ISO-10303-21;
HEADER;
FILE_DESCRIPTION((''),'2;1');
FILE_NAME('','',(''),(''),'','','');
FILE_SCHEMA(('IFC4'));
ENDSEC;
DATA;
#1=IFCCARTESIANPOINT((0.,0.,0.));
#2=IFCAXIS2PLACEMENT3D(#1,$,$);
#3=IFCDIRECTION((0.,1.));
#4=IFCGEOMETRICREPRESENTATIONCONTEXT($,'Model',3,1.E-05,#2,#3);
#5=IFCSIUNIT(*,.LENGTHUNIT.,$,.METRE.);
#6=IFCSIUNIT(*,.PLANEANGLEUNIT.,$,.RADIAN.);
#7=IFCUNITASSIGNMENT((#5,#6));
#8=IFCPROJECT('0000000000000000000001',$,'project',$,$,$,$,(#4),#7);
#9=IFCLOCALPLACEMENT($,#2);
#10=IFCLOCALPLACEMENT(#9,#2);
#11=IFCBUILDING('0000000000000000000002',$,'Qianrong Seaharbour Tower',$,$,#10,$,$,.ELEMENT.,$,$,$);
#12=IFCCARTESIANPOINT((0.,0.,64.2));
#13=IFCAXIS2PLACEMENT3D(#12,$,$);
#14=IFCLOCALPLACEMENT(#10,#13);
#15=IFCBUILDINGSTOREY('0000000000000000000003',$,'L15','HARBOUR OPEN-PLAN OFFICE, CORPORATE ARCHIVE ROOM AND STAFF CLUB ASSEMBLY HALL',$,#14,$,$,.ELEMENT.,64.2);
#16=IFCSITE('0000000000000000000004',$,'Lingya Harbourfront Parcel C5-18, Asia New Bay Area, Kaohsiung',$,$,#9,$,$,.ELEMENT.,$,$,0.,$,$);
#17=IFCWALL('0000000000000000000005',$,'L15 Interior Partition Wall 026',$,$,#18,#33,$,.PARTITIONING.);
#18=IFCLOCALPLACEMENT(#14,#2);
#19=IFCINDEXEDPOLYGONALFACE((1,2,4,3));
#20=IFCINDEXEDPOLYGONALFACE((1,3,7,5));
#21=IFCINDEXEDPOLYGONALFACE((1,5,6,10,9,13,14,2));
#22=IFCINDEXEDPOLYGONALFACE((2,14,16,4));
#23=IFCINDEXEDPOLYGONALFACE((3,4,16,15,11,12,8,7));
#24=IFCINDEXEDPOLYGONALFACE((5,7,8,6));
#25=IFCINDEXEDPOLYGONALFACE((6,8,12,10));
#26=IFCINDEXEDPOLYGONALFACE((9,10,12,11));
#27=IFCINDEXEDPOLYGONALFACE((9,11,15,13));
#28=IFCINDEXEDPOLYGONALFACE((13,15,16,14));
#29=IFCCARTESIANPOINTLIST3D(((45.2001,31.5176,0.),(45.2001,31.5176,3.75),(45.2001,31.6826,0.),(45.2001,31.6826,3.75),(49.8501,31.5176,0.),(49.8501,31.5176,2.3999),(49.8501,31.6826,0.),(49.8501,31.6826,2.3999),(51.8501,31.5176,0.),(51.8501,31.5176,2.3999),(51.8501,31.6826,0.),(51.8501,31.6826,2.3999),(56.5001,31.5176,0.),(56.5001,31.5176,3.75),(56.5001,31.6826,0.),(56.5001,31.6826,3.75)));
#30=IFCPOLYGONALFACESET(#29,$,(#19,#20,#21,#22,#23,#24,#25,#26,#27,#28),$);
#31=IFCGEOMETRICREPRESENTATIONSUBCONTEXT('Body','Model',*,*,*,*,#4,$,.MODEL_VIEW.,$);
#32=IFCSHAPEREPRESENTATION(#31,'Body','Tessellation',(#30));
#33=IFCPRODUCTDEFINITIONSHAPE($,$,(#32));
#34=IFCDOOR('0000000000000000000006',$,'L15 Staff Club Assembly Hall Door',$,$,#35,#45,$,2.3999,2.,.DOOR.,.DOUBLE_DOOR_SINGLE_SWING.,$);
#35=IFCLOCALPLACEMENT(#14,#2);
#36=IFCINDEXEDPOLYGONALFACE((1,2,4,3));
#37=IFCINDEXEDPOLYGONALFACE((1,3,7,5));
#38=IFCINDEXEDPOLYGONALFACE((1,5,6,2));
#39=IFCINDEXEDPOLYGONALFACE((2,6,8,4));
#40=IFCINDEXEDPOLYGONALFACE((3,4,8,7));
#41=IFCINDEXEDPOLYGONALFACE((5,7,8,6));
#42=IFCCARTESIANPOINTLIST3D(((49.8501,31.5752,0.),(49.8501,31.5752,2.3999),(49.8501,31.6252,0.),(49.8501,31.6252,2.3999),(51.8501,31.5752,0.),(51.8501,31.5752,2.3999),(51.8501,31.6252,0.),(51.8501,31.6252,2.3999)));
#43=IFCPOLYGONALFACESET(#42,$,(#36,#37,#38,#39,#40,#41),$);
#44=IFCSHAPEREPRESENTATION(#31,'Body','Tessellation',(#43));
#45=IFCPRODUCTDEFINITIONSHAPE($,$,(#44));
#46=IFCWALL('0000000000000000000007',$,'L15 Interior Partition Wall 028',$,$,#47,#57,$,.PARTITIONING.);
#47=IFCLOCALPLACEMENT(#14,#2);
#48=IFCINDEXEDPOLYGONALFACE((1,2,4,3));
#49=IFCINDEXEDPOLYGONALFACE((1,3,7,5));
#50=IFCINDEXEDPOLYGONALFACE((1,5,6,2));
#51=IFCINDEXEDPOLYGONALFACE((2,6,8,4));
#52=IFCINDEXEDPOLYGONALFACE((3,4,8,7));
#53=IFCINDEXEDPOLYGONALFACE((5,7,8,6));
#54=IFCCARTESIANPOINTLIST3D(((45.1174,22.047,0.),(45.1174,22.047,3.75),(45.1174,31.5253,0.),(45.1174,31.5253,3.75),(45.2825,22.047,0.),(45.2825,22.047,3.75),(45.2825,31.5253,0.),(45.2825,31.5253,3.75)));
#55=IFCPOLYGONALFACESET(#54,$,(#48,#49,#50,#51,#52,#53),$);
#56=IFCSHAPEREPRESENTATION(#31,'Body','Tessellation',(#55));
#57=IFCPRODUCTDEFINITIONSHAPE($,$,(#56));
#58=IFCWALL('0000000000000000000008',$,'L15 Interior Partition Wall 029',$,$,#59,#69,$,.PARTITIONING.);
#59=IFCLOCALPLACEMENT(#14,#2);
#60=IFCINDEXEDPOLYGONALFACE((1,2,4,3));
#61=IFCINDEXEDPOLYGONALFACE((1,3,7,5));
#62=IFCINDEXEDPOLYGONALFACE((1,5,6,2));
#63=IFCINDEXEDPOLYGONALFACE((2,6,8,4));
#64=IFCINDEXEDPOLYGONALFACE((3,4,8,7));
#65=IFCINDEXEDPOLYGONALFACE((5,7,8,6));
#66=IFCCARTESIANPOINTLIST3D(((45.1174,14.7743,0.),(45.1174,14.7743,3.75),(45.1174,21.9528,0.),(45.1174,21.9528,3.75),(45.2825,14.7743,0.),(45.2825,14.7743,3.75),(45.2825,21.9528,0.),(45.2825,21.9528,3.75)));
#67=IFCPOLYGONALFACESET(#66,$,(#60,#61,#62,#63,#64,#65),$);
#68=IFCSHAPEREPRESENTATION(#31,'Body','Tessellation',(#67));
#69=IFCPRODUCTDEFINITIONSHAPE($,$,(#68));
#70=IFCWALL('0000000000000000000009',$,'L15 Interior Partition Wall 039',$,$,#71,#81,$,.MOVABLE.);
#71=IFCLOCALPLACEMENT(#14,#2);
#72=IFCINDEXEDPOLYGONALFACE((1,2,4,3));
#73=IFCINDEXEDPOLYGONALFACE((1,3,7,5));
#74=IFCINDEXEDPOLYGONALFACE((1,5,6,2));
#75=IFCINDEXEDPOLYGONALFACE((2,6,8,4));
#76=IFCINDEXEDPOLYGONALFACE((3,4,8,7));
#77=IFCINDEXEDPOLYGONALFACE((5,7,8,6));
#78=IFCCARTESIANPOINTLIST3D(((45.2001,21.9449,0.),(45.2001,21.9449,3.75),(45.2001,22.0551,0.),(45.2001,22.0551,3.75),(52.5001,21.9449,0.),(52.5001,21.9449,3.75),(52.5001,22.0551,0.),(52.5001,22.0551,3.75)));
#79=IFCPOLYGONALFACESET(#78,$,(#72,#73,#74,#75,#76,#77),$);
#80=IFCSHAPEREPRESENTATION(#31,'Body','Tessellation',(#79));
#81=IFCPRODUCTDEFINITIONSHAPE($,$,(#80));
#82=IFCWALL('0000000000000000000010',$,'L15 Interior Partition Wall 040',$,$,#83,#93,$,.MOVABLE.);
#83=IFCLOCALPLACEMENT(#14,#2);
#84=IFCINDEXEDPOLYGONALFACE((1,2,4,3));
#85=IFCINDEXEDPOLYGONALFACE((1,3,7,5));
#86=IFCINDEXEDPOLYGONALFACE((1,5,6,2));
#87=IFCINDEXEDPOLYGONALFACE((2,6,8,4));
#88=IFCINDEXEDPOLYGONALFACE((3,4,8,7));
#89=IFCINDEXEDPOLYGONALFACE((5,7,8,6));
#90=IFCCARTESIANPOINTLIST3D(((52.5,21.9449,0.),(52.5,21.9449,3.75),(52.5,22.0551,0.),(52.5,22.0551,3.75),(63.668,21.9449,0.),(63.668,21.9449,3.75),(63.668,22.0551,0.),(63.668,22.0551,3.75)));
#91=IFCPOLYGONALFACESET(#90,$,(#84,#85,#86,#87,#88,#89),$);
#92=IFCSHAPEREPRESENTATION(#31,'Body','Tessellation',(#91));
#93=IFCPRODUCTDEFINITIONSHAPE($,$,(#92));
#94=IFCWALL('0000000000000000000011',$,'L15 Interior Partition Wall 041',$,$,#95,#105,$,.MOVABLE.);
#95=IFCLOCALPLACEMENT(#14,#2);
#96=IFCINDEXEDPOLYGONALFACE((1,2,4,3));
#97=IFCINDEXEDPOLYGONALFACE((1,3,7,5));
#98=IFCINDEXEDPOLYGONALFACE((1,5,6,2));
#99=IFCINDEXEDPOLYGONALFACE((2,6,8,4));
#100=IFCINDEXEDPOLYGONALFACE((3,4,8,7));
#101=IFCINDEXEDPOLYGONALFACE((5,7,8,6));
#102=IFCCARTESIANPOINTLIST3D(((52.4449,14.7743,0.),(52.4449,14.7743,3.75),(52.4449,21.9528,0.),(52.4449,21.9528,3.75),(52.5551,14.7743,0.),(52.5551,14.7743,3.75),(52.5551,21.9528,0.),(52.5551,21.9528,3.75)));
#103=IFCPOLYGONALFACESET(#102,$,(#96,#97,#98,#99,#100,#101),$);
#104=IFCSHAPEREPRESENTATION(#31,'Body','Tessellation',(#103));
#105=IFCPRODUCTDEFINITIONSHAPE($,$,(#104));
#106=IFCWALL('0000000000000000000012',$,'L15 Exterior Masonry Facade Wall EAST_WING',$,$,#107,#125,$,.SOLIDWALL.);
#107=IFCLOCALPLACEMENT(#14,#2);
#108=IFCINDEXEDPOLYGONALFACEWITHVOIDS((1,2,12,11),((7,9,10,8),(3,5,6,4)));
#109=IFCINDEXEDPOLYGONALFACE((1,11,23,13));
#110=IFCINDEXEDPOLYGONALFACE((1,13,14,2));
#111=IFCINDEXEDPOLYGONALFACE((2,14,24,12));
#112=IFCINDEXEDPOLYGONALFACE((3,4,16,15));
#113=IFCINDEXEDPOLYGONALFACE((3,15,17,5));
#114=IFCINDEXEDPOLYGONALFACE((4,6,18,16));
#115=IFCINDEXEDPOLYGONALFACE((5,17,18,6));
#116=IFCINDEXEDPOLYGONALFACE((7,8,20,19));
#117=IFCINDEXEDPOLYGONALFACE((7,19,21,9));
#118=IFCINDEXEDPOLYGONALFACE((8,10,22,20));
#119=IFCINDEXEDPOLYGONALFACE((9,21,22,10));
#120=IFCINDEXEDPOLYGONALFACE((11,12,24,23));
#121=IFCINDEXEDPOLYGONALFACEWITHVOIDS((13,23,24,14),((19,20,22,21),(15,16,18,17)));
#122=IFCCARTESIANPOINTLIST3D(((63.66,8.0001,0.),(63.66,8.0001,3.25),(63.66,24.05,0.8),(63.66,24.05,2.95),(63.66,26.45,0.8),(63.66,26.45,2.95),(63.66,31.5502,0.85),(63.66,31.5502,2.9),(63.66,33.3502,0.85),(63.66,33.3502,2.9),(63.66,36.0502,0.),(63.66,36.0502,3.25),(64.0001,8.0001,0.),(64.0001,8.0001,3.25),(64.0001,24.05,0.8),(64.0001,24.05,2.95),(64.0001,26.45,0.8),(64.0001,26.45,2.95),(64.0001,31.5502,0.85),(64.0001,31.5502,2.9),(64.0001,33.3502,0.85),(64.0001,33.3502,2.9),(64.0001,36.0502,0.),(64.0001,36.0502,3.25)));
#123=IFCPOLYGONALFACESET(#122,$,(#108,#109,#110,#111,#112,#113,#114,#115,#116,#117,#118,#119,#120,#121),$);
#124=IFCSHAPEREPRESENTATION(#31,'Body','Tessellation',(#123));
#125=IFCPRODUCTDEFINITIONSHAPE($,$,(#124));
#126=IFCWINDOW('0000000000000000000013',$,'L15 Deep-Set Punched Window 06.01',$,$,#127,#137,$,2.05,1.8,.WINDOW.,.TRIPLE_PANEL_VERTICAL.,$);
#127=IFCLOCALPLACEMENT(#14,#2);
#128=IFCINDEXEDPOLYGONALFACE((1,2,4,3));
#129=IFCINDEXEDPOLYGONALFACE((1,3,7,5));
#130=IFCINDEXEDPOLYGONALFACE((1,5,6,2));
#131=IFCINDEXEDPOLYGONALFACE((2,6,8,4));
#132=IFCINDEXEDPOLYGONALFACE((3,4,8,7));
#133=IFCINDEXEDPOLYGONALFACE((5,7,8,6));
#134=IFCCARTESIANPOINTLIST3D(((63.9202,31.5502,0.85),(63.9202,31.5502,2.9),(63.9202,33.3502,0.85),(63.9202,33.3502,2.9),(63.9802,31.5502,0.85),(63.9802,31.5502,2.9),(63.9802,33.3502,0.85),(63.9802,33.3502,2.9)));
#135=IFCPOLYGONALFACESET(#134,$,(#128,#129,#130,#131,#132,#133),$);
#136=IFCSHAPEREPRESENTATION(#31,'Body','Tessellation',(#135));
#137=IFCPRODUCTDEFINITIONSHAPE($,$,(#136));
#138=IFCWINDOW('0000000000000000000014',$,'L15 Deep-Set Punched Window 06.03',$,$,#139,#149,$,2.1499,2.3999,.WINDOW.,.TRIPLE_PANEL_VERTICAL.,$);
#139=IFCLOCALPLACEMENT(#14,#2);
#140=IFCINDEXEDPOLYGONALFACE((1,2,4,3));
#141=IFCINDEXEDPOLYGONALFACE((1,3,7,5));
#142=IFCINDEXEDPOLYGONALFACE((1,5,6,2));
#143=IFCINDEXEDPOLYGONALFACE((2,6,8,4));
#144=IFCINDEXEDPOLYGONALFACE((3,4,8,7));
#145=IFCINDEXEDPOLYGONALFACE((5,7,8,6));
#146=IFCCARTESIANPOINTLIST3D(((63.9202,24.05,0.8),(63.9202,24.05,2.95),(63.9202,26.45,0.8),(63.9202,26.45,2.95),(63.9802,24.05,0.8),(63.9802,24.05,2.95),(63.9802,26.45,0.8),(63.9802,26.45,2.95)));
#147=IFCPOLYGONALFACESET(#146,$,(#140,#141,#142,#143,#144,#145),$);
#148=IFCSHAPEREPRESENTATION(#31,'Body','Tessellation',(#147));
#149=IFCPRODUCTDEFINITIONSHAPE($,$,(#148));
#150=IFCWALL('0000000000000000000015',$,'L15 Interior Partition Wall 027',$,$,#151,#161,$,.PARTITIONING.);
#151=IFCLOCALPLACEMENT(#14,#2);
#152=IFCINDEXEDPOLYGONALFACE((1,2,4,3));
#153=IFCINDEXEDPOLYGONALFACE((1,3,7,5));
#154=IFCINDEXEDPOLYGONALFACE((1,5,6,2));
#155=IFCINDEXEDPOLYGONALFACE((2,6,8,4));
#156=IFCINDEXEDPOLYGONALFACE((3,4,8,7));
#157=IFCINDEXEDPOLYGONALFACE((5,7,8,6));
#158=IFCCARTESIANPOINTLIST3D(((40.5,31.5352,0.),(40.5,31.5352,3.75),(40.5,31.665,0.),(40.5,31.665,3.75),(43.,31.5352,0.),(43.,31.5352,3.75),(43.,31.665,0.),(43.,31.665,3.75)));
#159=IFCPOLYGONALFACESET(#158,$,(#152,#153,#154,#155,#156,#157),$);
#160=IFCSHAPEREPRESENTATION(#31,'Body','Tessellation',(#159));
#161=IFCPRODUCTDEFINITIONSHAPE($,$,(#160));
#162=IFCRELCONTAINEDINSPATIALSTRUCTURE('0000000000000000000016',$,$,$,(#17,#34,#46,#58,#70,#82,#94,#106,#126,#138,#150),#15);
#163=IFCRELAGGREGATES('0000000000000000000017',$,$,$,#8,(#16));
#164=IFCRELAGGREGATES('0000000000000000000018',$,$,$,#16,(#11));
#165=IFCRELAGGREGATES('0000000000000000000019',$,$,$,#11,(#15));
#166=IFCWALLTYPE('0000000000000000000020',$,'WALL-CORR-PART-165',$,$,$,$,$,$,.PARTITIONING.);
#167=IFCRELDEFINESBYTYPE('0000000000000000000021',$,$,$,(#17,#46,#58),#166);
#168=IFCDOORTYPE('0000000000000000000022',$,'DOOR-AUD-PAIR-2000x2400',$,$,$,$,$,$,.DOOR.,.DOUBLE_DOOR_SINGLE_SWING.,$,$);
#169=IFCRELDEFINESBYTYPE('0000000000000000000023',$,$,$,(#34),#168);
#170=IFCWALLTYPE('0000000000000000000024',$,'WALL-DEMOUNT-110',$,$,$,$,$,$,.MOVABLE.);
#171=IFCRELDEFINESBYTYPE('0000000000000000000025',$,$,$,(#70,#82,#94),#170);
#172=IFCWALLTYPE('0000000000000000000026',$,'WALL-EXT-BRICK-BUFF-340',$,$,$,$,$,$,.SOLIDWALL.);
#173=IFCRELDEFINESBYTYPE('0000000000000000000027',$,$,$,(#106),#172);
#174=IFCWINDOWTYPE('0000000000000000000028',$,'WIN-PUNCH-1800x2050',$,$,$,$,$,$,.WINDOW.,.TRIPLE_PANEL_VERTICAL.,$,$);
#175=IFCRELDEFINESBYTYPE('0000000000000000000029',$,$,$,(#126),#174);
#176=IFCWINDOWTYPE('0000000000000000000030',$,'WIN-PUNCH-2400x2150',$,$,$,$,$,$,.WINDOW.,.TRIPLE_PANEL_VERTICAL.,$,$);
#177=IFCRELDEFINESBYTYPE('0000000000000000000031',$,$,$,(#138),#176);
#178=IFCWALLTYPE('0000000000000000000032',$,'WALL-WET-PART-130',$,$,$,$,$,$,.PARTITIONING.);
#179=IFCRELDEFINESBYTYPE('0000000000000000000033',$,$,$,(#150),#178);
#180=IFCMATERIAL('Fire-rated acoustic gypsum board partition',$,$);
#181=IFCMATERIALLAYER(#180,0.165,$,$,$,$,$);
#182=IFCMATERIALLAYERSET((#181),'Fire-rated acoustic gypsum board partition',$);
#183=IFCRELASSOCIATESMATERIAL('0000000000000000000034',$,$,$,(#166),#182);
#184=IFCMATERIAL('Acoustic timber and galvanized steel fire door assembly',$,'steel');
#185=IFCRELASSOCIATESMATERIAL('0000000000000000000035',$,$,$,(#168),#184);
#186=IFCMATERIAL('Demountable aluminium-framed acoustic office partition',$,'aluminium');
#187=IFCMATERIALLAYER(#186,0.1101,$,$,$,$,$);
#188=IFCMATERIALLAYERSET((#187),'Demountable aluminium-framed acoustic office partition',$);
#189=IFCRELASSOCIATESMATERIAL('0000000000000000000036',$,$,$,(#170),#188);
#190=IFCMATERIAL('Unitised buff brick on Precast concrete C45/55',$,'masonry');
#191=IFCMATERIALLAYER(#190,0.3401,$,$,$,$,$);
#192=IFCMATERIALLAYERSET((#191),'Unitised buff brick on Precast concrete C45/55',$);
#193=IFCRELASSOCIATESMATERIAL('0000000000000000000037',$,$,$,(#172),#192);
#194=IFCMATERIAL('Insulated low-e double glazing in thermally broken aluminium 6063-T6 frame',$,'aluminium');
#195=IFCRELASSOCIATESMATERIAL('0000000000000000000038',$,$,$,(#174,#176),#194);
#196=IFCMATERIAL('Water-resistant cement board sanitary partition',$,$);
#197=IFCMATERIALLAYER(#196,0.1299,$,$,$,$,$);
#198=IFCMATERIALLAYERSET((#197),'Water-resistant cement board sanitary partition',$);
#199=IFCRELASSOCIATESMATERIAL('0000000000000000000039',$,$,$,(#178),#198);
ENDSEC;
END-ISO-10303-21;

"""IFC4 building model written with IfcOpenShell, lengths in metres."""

from ifc_helpers import new_model, si_unit, direction, frame, frame_2d, origin, place, context, subcontext, project, spatial, rectangle, extrude, material, layer, layer_set, type_object, element, fill, save


model = new_model("IFC4")

# Units and contexts
model_context = context("Model", 3, precision=1e-05, world=origin(), true_north=direction((0.0, 1.0)))
body_context = subcontext(model_context, "Body", "Model", "MODEL_VIEW")
ifc_project = project(units=[si_unit("LENGTHUNIT", "METRE"), si_unit("PLANEANGLEUNIT", "RADIAN")], contexts=[model_context])

# Site, building, storey
site_placement = place(None, origin())
site = spatial("IfcSite", under=ifc_project, at=site_placement, Name="Lingya Harbourfront Parcel C5-18, Asia New Bay Area, Kaohsiung", CompositionType="ELEMENT", RefElevation=0.0)
building_placement = place(site_placement, origin())
building = spatial("IfcBuilding", under=site, at=building_placement, Name="Qianrong Seaharbour Tower", CompositionType="ELEMENT")
storey_placement = place(building_placement, frame((0.0, 0.0, 64.2)))
storey = spatial("IfcBuildingStorey", under=building, at=storey_placement, Name="L15", Description="HARBOUR OPEN-PLAN OFFICE, CORPORATE ARCHIVE ROOM AND STAFF CLUB ASSEMBLY HALL", CompositionType="ELEMENT", Elevation=64.2)

# Shared definitions
ifc_material_1 = material(Name="Fire-rated acoustic gypsum board partition")
ifc_layer_1 = layer(ifc_material_1, 0.165)
ifc_layer_set_1 = layer_set([ifc_layer_1], Name="Fire-rated acoustic gypsum board partition")
wall_type_1 = type_object("IfcWallType", Name="WALL-CORR-PART-165", PredefinedType="PARTITIONING", material=ifc_layer_set_1)

# Wall, opening, door
wall_1_placement = place(storey_placement, frame((56.5, 31.6001, 0.0), z_axis=(0.0, 0.0, 1.0), x_axis=(-1.0, 0.0, 0.0)))
wall_1 = element("IfcWall", 1, at=wall_1_placement, inside=storey, type_object=wall_type_1, Name="L15 Interior Partition Wall 026", PredefinedType="PARTITIONING", context=body_context, shape_type="SweptSolid", body=[
    extrude(rectangle(XDim=11.3, YDim=0.165, at=frame_2d((5.6499, 0.0))), origin(), (0.0, 0.0, 1.0), 3.75),
])
opening_1_placement = place(wall_1_placement, frame((4.6499, 0.0, 0.0)))
opening_1 = element("IfcOpeningElement", 2, at=opening_1_placement, cuts=wall_1, PredefinedType="OPENING", context=body_context, shape_type="SweptSolid", body=[
    extrude(rectangle(XDim=2.0, YDim=2.3999, at=frame_2d((1.0, 1.2))), frame((0.0, 0.0925, 0.0), z_axis=(0.0, -1.0, 0.0), x_axis=(1.0, 0.0, 0.0)), (0.0, 0.0, 1.0), 0.1851),
])
ifc_material_2 = material(Name="Acoustic timber and galvanized steel fire door assembly", Category="steel")
door_type = type_object("IfcDoorType", Name="DOOR-AUD-PAIR-2000x2400", OperationType="DOUBLE_DOOR_SINGLE_SWING", PredefinedType="DOOR", material=ifc_material_2)
door_placement = place(opening_1_placement, origin())
door = element("IfcDoor", 3, at=door_placement, inside=storey, type_object=door_type, Name="L15 Staff Club Assembly Hall Door", OperationType="DOUBLE_DOOR_SINGLE_SWING", OverallHeight=2.3999, OverallWidth=2.0, PredefinedType="DOOR", context=body_context, shape_type="SweptSolid", body=[
    extrude(rectangle(XDim=2.0, YDim=2.3999, at=frame_2d((1.0, 1.2))), frame((0.0, 0.0249, 0.0), z_axis=(0.0, -1.0, 0.0), x_axis=(1.0, 0.0, 0.0)), (0.0, 0.0, 1.0), 0.05),
])
fill(opening_1, door)

# Walls
wall_2_placement = place(storey_placement, frame((45.2, 31.5254, 0.0), z_axis=(0.0, 0.0, 1.0), x_axis=(0.0, -1.0, 0.0)))
element("IfcWall", 4, at=wall_2_placement, inside=storey, type_object=wall_type_1, Name="L15 Interior Partition Wall 028", PredefinedType="PARTITIONING", context=body_context, shape_type="SweptSolid", body=[
    extrude(rectangle(XDim=9.4783, YDim=0.165, at=frame_2d((4.7393, 0.0))), origin(), (0.0, 0.0, 1.0), 3.75),
])
wall_3_placement = place(storey_placement, frame((45.2, 21.9529, 0.0), z_axis=(0.0, 0.0, 1.0), x_axis=(0.0, -1.0, 0.0)))
element("IfcWall", 5, at=wall_3_placement, inside=storey, type_object=wall_type_1, Name="L15 Interior Partition Wall 029", PredefinedType="PARTITIONING", context=body_context, shape_type="SweptSolid", body=[
    extrude(rectangle(XDim=7.1785, YDim=0.165, at=frame_2d((3.5894, 0.0))), origin(), (0.0, 0.0, 1.0), 3.75),
])
ifc_material_3 = material(Name="Demountable aluminium-framed acoustic office partition", Category="aluminium")
ifc_layer_2 = layer(ifc_material_3, 0.1101)
ifc_layer_set_2 = layer_set([ifc_layer_2], Name="Demountable aluminium-framed acoustic office partition")
wall_type_2 = type_object("IfcWallType", Name="WALL-DEMOUNT-110", PredefinedType="MOVABLE", material=ifc_layer_set_2)
wall_4_placement = place(storey_placement, frame((52.5, 22.0, 0.0), z_axis=(0.0, 0.0, 1.0), x_axis=(-1.0, 0.0, 0.0)))
element("IfcWall", 6, at=wall_4_placement, inside=storey, type_object=wall_type_2, Name="L15 Interior Partition Wall 039", PredefinedType="MOVABLE", context=body_context, shape_type="SweptSolid", body=[
    extrude(rectangle(XDim=7.3, YDim=0.1101, at=frame_2d((3.6499, 0.0))), origin(), (0.0, 0.0, 1.0), 3.75),
])
wall_5_placement = place(storey_placement, frame((63.668, 22.0, 0.0), z_axis=(0.0, 0.0, 1.0), x_axis=(-1.0, 0.0, 0.0)))
element("IfcWall", 7, at=wall_5_placement, inside=storey, type_object=wall_type_2, Name="L15 Interior Partition Wall 040", PredefinedType="MOVABLE", context=body_context, shape_type="SweptSolid", body=[
    extrude(rectangle(XDim=11.168, YDim=0.1101, at=frame_2d((5.584, 0.0))), origin(), (0.0, 0.0, 1.0), 3.75),
])
wall_6_placement = place(storey_placement, frame((52.5, 21.9529, 0.0), z_axis=(0.0, 0.0, 1.0), x_axis=(0.0, -1.0, 0.0)))
element("IfcWall", 8, at=wall_6_placement, inside=storey, type_object=wall_type_2, Name="L15 Interior Partition Wall 041", PredefinedType="MOVABLE", context=body_context, shape_type="SweptSolid", body=[
    extrude(rectangle(XDim=7.1785, YDim=0.1101, at=frame_2d((3.5894, 0.0))), origin(), (0.0, 0.0, 1.0), 3.75),
])

# Wall, openings, windows
ifc_material_4 = material(Name="Unitised buff brick on Precast concrete C45/55", Category="masonry")
ifc_layer_3 = layer(ifc_material_4, 0.3401)
ifc_layer_set_3 = layer_set([ifc_layer_3], Name="Unitised buff brick on Precast concrete C45/55")
wall_type_3 = type_object("IfcWallType", Name="WALL-EXT-BRICK-BUFF-340", PredefinedType="SOLIDWALL", material=ifc_layer_set_3)
wall_7_placement = place(storey_placement, frame((63.8301, 36.05, 0.0), z_axis=(0.0, 0.0, 1.0), x_axis=(0.0, -1.0, 0.0)))
wall_7 = element("IfcWall", 9, at=wall_7_placement, inside=storey, type_object=wall_type_3, Name="L15 Exterior Masonry Facade Wall EAST_WING", PredefinedType="SOLIDWALL", context=body_context, shape_type="SweptSolid", body=[
    extrude(rectangle(XDim=28.05, YDim=0.3401, at=frame_2d((14.0249, 0.0))), origin(), (0.0, 0.0, 1.0), 3.25),
])
opening_2_placement = place(wall_7_placement, frame((2.7, 0.0, 0.8501)))
opening_2 = element("IfcOpeningElement", 10, at=opening_2_placement, cuts=wall_7, PredefinedType="OPENING", context=body_context, shape_type="SweptSolid", body=[
    extrude(rectangle(XDim=1.8, YDim=2.05, at=frame_2d((0.8999, 1.0249))), frame((0.0, 0.1802, 0.0), z_axis=(0.0, -1.0, 0.0), x_axis=(1.0, 0.0, 0.0)), (0.0, 0.0, 1.0), 0.3601),
])
opening_3_placement = place(wall_7_placement, frame((9.6001, 0.0, 0.8)))
opening_3 = element("IfcOpeningElement", 11, at=opening_3_placement, cuts=wall_7, PredefinedType="OPENING", context=body_context, shape_type="SweptSolid", body=[
    extrude(rectangle(XDim=2.3999, YDim=2.1499, at=frame_2d((1.2, 1.075))), frame((0.0, 0.1802, 0.0), z_axis=(0.0, -1.0, 0.0), x_axis=(1.0, 0.0, 0.0)), (0.0, 0.0, 1.0), 0.3601),
])
ifc_material_5 = material(Name="Insulated low-e double glazing in thermally broken aluminium 6063-T6 frame", Category="aluminium")
window_type_1 = type_object("IfcWindowType", Name="WIN-PUNCH-1800x2050", PartitioningType="TRIPLE_PANEL_VERTICAL", PredefinedType="WINDOW", material=ifc_material_5)
window_1_placement = place(opening_2_placement, origin())
window_1 = element("IfcWindow", 12, at=window_1_placement, inside=storey, type_object=window_type_1, Name="L15 Deep-Set Punched Window 06.01", OverallHeight=2.05, OverallWidth=1.8, PartitioningType="TRIPLE_PANEL_VERTICAL", PredefinedType="WINDOW", context=body_context, shape_type="SweptSolid", body=[
    extrude(rectangle(XDim=1.8, YDim=2.05, at=frame_2d((0.8999, 1.0249))), frame((0.0, 0.1501, 0.0), z_axis=(0.0, -1.0, 0.0), x_axis=(1.0, 0.0, 0.0)), (0.0, 0.0, 1.0), 0.0601),
])
fill(opening_2, window_1)
window_type_2 = type_object("IfcWindowType", Name="WIN-PUNCH-2400x2150", PartitioningType="TRIPLE_PANEL_VERTICAL", PredefinedType="WINDOW", material=ifc_material_5)
window_2_placement = place(opening_3_placement, origin())
window_2 = element("IfcWindow", 13, at=window_2_placement, inside=storey, type_object=window_type_2, Name="L15 Deep-Set Punched Window 06.03", OverallHeight=2.1499, OverallWidth=2.3999, PartitioningType="TRIPLE_PANEL_VERTICAL", PredefinedType="WINDOW", context=body_context, shape_type="SweptSolid", body=[
    extrude(rectangle(XDim=2.3999, YDim=2.1499, at=frame_2d((1.2, 1.075))), frame((0.0, 0.1501, 0.0), z_axis=(0.0, -1.0, 0.0), x_axis=(1.0, 0.0, 0.0)), (0.0, 0.0, 1.0), 0.0601),
])
fill(opening_3, window_2)

# Wall
ifc_material_6 = material(Name="Water-resistant cement board sanitary partition")
ifc_layer_4 = layer(ifc_material_6, 0.1299)
ifc_layer_set_4 = layer_set([ifc_layer_4], Name="Water-resistant cement board sanitary partition")
wall_type_4 = type_object("IfcWallType", Name="WALL-WET-PART-130", PredefinedType="PARTITIONING", material=ifc_layer_set_4)
wall_8_placement = place(storey_placement, frame((43.0, 31.6001, 0.0), z_axis=(0.0, 0.0, 1.0), x_axis=(-1.0, 0.0, 0.0)))
element("IfcWall", 14, at=wall_8_placement, inside=storey, type_object=wall_type_4, Name="L15 Interior Partition Wall 027", PredefinedType="PARTITIONING", context=body_context, shape_type="SweptSolid", body=[
    extrude(rectangle(XDim=2.5, YDim=0.1299, at=frame_2d((1.25, 0.0))), origin(), (0.0, 0.0, 1.0), 3.75),
])

save(model, "model.ifc")
